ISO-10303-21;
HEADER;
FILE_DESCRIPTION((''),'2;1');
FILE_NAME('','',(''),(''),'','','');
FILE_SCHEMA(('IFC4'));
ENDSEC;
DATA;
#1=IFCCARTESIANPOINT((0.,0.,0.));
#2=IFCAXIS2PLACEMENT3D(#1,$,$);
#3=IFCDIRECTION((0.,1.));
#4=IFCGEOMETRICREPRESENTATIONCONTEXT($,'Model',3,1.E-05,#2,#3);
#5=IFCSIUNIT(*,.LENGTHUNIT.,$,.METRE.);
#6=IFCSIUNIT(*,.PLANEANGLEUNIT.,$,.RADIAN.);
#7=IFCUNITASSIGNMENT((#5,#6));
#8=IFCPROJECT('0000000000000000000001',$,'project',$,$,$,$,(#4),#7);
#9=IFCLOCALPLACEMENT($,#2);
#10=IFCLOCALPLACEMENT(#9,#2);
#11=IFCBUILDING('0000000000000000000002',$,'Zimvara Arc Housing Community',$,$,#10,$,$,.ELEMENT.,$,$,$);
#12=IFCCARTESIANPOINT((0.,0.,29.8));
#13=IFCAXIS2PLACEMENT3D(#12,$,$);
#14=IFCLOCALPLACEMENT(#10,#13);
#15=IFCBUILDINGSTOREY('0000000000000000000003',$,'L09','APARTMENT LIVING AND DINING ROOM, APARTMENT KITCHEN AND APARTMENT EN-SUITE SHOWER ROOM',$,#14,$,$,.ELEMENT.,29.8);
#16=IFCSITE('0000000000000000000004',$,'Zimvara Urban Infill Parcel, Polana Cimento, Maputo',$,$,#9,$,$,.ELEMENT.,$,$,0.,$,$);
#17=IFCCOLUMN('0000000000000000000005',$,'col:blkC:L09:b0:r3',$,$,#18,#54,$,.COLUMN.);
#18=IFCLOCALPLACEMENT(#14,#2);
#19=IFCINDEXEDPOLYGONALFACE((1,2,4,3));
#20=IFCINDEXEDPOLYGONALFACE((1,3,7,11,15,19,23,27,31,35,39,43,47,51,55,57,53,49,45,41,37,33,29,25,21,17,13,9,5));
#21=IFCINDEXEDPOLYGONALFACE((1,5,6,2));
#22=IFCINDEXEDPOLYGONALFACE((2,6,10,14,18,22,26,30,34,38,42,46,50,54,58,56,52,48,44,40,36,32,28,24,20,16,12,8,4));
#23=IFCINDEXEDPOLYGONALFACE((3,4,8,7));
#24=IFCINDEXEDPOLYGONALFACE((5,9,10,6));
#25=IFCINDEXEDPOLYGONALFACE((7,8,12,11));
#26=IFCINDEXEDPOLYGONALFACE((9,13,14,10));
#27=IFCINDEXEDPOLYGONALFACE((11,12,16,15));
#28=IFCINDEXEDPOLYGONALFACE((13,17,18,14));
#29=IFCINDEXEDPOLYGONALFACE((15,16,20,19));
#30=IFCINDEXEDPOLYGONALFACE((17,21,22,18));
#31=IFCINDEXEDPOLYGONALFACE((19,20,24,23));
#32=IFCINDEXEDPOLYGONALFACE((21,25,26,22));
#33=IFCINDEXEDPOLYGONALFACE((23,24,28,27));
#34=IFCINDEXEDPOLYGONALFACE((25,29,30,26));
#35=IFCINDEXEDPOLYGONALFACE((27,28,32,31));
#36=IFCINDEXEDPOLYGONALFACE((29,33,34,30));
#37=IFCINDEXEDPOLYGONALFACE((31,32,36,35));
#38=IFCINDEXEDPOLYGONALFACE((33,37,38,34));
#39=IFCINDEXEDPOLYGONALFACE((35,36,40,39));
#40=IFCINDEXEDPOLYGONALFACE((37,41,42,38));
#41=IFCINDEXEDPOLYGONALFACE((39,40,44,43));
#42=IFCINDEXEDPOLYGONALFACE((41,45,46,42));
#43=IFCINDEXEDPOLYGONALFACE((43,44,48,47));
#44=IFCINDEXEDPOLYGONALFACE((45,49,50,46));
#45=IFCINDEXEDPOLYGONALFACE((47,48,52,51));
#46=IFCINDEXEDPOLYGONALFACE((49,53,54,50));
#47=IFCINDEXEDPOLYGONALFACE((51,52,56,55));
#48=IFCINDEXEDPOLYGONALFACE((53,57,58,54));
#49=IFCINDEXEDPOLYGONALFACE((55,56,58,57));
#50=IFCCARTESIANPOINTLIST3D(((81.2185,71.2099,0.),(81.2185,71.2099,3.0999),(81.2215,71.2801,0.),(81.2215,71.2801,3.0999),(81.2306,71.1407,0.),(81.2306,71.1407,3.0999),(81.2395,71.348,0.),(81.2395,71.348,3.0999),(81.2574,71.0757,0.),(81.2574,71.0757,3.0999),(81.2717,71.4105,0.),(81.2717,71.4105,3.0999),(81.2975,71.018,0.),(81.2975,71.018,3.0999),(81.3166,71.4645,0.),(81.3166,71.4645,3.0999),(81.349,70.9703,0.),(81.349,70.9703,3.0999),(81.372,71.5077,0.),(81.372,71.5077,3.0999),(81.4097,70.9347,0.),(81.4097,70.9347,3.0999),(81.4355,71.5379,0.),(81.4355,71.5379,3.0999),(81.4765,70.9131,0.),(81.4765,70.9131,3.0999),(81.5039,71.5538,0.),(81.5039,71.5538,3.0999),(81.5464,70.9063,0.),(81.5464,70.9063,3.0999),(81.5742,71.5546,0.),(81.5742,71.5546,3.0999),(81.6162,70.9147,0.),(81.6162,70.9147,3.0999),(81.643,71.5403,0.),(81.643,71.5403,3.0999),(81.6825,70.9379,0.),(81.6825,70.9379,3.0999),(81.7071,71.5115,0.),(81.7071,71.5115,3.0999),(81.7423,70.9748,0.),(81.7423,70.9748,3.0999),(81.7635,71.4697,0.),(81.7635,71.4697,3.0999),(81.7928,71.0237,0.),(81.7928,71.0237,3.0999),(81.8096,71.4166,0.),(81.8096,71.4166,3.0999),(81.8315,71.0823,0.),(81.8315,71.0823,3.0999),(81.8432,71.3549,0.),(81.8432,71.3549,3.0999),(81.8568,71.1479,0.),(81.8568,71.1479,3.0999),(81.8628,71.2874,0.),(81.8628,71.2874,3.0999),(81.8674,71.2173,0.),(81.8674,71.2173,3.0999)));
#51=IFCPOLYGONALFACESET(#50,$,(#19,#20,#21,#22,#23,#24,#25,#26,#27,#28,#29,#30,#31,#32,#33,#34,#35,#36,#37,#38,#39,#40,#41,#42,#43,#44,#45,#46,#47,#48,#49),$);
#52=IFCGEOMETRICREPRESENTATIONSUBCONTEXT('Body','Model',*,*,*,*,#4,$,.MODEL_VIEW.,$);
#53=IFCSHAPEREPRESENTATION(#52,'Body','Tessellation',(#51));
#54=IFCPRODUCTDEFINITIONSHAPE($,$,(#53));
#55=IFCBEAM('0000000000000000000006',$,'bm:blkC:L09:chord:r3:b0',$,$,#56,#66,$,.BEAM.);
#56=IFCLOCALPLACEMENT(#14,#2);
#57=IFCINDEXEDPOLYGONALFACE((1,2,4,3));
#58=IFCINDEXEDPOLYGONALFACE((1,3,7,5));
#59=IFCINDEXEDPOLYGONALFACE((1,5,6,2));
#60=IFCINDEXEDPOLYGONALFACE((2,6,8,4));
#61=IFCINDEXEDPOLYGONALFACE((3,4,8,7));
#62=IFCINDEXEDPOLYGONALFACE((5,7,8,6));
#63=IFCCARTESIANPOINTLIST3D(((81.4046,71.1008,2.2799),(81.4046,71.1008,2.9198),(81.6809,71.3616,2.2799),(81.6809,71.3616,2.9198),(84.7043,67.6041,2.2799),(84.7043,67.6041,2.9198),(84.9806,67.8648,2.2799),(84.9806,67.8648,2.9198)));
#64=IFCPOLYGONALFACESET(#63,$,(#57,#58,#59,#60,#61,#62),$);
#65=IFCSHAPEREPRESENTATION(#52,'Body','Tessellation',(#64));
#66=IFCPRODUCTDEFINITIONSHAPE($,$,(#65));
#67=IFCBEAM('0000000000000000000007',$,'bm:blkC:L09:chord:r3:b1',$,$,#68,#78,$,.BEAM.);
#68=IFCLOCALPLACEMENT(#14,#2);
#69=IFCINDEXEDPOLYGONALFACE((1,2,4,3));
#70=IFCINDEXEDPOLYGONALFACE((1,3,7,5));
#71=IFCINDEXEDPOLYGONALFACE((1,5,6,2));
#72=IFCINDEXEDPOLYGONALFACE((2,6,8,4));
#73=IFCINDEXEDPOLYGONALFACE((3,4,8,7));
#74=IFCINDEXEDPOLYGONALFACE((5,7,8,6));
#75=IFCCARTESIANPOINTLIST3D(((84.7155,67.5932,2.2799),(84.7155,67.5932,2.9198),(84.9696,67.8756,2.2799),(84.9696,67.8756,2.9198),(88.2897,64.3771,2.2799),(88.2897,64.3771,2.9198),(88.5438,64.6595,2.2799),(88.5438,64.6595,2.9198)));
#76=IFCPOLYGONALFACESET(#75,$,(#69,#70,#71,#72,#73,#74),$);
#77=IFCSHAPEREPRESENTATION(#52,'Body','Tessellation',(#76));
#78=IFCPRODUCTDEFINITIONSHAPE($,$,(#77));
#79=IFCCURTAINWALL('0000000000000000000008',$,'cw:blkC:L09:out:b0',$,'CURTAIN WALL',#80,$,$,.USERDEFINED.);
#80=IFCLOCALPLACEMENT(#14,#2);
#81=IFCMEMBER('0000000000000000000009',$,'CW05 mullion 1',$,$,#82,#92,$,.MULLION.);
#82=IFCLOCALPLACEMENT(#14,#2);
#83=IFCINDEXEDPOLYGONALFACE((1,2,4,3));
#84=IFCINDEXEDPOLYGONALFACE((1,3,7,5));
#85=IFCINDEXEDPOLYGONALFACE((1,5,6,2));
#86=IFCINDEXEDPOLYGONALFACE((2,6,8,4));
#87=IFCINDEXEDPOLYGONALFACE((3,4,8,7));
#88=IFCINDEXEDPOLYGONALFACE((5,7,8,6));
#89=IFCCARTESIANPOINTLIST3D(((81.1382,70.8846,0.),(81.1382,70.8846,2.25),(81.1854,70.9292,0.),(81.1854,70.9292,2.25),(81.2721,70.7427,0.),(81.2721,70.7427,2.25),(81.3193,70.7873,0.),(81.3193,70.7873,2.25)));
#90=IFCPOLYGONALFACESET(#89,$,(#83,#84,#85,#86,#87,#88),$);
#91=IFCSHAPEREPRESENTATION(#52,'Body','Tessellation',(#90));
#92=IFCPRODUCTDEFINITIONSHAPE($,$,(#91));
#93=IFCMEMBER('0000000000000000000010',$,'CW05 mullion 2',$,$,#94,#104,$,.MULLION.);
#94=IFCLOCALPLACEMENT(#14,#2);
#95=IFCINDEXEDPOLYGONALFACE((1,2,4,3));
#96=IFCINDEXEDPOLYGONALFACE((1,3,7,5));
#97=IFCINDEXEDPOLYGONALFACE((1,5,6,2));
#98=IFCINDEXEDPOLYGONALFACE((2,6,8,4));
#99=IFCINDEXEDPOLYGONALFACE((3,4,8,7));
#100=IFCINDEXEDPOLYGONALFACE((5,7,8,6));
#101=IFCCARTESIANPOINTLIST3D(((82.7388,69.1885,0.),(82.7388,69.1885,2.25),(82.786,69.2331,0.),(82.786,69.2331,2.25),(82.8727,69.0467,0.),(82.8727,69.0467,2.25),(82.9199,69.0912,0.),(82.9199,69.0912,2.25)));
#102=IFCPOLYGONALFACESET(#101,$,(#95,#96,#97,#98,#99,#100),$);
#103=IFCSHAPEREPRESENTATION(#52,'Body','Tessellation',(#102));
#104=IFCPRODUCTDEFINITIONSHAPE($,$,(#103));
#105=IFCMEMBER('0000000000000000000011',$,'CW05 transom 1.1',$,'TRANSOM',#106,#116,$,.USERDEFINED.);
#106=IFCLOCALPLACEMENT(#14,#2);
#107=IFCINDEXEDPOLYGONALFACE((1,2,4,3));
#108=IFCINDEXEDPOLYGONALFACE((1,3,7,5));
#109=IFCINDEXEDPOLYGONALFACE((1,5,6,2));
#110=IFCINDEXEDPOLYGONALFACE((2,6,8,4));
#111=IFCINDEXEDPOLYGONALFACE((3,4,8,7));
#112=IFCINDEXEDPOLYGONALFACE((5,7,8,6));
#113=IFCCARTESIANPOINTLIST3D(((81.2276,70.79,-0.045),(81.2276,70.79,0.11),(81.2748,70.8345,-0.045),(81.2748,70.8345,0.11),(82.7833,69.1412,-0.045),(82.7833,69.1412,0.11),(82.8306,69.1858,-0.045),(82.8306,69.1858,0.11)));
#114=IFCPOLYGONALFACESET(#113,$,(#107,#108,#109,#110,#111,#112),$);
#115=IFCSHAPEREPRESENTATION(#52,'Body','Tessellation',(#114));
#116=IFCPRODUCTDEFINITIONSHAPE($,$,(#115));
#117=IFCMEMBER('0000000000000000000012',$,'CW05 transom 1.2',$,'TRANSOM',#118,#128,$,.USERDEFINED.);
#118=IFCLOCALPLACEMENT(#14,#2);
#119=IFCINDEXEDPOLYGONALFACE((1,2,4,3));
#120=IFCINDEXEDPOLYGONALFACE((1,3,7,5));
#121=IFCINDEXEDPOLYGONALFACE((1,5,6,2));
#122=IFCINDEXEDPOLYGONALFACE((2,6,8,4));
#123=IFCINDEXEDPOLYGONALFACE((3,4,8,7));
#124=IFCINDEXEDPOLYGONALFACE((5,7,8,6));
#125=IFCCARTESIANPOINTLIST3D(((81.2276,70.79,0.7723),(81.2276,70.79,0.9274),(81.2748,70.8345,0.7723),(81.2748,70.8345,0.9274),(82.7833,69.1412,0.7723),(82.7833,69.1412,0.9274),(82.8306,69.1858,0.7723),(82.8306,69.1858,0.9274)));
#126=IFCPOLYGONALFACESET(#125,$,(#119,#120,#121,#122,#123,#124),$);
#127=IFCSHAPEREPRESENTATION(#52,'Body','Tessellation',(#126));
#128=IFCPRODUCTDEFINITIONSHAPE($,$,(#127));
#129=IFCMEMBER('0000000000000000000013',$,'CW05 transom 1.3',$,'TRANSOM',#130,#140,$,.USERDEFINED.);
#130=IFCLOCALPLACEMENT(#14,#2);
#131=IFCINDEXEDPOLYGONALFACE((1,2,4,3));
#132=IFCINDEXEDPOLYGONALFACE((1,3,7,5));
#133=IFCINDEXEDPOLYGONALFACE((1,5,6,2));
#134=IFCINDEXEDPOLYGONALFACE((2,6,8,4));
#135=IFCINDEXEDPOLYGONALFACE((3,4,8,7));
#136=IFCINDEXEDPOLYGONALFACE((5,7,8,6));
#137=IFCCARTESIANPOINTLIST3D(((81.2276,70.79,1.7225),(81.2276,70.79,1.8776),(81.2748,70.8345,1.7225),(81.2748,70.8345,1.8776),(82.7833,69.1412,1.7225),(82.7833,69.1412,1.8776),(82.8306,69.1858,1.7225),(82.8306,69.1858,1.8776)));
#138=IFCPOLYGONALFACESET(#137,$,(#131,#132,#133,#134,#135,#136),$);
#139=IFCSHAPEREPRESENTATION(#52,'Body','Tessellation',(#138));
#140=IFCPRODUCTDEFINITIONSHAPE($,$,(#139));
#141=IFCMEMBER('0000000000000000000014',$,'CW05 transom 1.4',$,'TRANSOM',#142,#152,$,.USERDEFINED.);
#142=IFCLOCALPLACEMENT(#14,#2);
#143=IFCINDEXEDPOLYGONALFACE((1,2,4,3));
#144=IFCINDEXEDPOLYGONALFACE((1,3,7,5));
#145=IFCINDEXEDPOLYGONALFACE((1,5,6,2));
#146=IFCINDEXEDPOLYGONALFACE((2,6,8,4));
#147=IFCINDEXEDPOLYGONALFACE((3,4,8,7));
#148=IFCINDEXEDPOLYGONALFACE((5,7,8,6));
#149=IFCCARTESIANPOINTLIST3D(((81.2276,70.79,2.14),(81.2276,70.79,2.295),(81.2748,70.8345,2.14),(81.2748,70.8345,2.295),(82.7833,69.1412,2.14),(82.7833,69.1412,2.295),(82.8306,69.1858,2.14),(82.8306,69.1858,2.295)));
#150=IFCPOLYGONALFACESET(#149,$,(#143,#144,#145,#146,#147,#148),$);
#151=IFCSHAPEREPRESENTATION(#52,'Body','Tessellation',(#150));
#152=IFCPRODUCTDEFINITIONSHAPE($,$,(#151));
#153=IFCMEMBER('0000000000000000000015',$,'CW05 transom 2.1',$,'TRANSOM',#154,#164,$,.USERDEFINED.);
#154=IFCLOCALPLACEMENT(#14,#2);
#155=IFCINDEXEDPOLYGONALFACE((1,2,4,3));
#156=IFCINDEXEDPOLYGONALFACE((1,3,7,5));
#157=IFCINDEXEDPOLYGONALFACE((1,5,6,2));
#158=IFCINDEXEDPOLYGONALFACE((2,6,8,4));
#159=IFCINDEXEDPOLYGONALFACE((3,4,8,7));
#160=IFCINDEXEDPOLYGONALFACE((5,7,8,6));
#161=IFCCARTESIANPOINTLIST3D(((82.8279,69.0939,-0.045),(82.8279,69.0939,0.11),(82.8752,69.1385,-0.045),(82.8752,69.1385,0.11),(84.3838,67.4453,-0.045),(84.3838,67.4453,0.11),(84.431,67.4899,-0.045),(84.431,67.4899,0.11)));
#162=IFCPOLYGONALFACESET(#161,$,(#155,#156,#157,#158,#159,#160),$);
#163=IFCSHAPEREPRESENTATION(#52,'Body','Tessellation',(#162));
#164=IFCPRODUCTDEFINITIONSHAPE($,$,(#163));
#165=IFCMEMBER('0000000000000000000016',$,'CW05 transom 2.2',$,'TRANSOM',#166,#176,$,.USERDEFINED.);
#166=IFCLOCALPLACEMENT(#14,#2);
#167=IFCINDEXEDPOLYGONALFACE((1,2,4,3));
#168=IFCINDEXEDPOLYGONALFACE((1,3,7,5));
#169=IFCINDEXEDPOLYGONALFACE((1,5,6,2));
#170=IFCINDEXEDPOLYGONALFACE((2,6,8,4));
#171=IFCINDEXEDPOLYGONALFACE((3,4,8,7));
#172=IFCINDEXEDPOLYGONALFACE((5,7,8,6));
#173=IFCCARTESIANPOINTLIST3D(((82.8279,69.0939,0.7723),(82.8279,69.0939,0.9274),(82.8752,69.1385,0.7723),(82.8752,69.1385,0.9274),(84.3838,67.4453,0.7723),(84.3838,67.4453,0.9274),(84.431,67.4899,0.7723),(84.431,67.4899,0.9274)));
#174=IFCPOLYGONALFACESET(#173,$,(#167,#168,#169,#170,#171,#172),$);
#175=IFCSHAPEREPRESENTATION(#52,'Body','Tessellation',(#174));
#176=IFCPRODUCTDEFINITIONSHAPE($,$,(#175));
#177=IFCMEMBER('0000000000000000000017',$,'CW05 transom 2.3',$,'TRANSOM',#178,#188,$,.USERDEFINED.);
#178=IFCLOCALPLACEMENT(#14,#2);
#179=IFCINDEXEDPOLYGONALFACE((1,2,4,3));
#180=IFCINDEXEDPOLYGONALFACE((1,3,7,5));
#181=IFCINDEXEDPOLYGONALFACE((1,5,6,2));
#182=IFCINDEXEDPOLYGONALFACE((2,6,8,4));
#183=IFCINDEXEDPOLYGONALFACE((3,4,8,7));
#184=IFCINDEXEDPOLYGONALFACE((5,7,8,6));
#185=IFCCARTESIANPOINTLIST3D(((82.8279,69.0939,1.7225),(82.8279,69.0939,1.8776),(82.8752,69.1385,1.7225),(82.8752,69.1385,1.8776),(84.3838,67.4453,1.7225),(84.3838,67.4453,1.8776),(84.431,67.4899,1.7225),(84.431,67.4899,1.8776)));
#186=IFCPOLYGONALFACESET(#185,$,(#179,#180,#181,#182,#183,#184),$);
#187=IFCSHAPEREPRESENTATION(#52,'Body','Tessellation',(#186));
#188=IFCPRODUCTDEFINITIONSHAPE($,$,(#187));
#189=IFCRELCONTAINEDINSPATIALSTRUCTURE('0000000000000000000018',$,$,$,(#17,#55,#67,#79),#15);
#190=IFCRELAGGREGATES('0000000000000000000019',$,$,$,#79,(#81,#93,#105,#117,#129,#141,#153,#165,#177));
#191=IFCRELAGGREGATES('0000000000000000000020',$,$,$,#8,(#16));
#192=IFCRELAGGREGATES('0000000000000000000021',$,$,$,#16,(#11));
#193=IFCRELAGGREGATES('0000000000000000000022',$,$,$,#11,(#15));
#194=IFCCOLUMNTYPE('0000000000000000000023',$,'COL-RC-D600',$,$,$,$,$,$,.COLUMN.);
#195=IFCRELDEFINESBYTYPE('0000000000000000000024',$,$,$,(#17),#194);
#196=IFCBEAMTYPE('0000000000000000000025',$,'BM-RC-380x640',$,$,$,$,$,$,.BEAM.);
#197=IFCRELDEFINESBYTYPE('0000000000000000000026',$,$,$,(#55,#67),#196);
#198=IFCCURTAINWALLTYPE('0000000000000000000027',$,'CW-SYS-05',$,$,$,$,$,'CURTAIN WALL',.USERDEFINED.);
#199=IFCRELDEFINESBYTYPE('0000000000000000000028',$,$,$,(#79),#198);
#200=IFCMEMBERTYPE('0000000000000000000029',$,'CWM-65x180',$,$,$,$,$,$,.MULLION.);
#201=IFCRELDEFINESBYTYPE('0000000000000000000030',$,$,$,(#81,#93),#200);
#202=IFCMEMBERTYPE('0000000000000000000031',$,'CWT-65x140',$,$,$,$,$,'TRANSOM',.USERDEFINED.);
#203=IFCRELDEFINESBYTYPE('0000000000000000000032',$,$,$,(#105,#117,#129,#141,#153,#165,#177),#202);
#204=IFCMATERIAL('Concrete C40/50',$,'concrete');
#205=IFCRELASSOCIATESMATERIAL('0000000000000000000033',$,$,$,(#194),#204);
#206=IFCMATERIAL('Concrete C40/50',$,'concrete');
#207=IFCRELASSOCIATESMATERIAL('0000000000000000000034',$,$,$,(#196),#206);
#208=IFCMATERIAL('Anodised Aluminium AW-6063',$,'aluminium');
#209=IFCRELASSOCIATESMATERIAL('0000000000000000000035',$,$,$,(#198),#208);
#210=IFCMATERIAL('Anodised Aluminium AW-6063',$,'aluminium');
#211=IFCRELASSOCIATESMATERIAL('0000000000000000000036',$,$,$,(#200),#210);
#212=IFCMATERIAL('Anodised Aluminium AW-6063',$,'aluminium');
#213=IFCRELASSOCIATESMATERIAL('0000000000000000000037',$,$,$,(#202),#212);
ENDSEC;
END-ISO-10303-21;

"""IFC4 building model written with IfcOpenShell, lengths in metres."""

from ifc_helpers import new_model, si_unit, direction, frame, origin, origin_2d, place, context, subcontext, project, spatial, rectangle, circle, extrude, material, material_profile, profile_set, type_object, element, aggregate, save


model = new_model("IFC4")

# Units and contexts
model_context = context("Model", 3, precision=1e-05, world=origin(), true_north=direction((0.0, 1.0)))
body_context = subcontext(model_context, "Body", "Model", "MODEL_VIEW")
ifc_project = project(units=[si_unit("LENGTHUNIT", "METRE"), si_unit("PLANEANGLEUNIT", "RADIAN")], contexts=[model_context])

# Site, building, storey
site_placement = place(None, origin())
site = spatial("IfcSite", under=ifc_project, at=site_placement, Name="Zimvara Urban Infill Parcel, Polana Cimento, Maputo", CompositionType="ELEMENT", RefElevation=0.0)
building_placement = place(site_placement, origin())
building = spatial("IfcBuilding", under=site, at=building_placement, Name="Zimvara Arc Housing Community", CompositionType="ELEMENT")
storey_placement = place(building_placement, frame((0.0, 0.0, 29.8)))
storey = spatial("IfcBuildingStorey", under=building, at=storey_placement, Name="L09", Description="APARTMENT LIVING AND DINING ROOM, APARTMENT KITCHEN AND APARTMENT EN-SUITE SHOWER ROOM", CompositionType="ELEMENT", Elevation=29.8)

# Column
ifc_material_1 = material(Name="Concrete C40/50", Category="concrete")
ifc_material_profile_1 = material_profile(ifc_material_1, circle(Radius=0.325, at=origin_2d()), Name="RC D650")
ifc_profile_set_1 = profile_set([ifc_material_profile_1], Name="Concrete C40/50")
column_type = type_object("IfcColumnType", Name="COL-RC-D600", PredefinedType="COLUMN", material=ifc_profile_set_1)
column_placement = place(storey_placement, frame((81.5427, 71.2312, 0.0), z_axis=(0.0, 0.0, 1.0), x_axis=(-0.75471, -0.656059, 0.0)))
element("IfcColumn", 1, at=column_placement, inside=storey, type_object=column_type, Name="col:blkC:L09:b0:r3", PredefinedType="COLUMN", context=body_context, shape_type="SweptSolid", body=[
    extrude(circle(Radius=0.325, at=origin_2d()), origin(), (0.0, 0.0, 1.0), 3.0999),
])

# Beams
ifc_material_2 = material(Name="Concrete C40/50", Category="concrete")
ifc_material_profile_2 = material_profile(ifc_material_2, rectangle(XDim=0.3799, YDim=0.6399, at=origin_2d()), Name="RC 380x640")
ifc_profile_set_2 = profile_set([ifc_material_profile_2], Name="Concrete C40/50")
beam_type = type_object("IfcBeamType", Name="BM-RC-380x640", PredefinedType="BEAM", material=ifc_profile_set_2)
beam_1_placement = place(storey_placement, frame((81.5427, 71.2312, 2.5999), z_axis=(0.686321, -0.727299, 0.0), x_axis=(0.727299, 0.686321, 0.0)))
element("IfcBeam", 2, at=beam_1_placement, inside=storey, type_object=beam_type, Name="bm:blkC:L09:chord:r3:b0", PredefinedType="BEAM", context=body_context, shape_type="SweptSolid", body=[
    extrude(rectangle(XDim=0.3799, YDim=0.6399, at=origin_2d()), origin(), (0.0, 0.0, 1.0), 4.8079),
])
beam_2_placement = place(storey_placement, frame((84.8425, 67.7344, 2.5999), z_axis=(0.74337, -0.668881, 0.0), x_axis=(0.668881, 0.74337, 0.0)))
element("IfcBeam", 3, at=beam_2_placement, inside=storey, type_object=beam_type, Name="bm:blkC:L09:chord:r3:b1", PredefinedType="BEAM", context=body_context, shape_type="SweptSolid", body=[
    extrude(rectangle(XDim=0.3799, YDim=0.6399, at=origin_2d()), origin(), (0.0, 0.0, 1.0), 4.8081),
])

# Curtain wall, members
ifc_material_3 = material(Name="Anodised Aluminium AW-6063", Category="aluminium")
curtain_wall_type = type_object("IfcCurtainWallType", Name="CW-SYS-05", ElementType="CURTAIN WALL", PredefinedType="USERDEFINED", material=ifc_material_3)
curtain_wall_placement = place(storey_placement, origin())
curtain_wall = element("IfcCurtainWall", 4, at=curtain_wall_placement, inside=storey, type_object=curtain_wall_type, Name="cw:blkC:L09:out:b0", ObjectType="CURTAIN WALL", PredefinedType="USERDEFINED")
ifc_material_4 = material(Name="Anodised Aluminium AW-6063", Category="aluminium")
ifc_material_profile_3 = material_profile(ifc_material_4, rectangle(XDim=0.0649, YDim=0.1951, at=origin_2d()), Name="ALU 65x195")
ifc_profile_set_3 = profile_set([ifc_material_profile_3], Name="Anodised Aluminium AW-6063")
member_type_1 = type_object("IfcMemberType", Name="CWM-65x180", PredefinedType="MULLION", material=ifc_profile_set_3)
member_1_placement = place(storey_placement, frame((81.2288, 70.8359, 0.0), z_axis=(0.0, 0.0, 1.0), x_axis=(0.727294, 0.686326, 0.0)))
member_1 = element("IfcMember", 5, at=member_1_placement, type_object=member_type_1, Name="CW05 mullion 1", PredefinedType="MULLION", context=body_context, shape_type="SweptSolid", body=[
    extrude(rectangle(XDim=0.0649, YDim=0.1951, at=origin_2d()), origin(), (0.0, 0.0, 1.0), 2.25),
])
member_2_placement = place(storey_placement, frame((82.8293, 69.1399, 0.0), z_axis=(0.0, 0.0, 1.0), x_axis=(0.727294, 0.686326, 0.0)))
member_2 = element("IfcMember", 6, at=member_2_placement, type_object=member_type_1, Name="CW05 mullion 2", PredefinedType="MULLION", context=body_context, shape_type="SweptSolid", body=[
    extrude(rectangle(XDim=0.0649, YDim=0.1951, at=origin_2d()), origin(), (0.0, 0.0, 1.0), 2.25),
])
ifc_material_5 = material(Name="Anodised Aluminium AW-6063", Category="aluminium")
ifc_material_profile_4 = material_profile(ifc_material_5, rectangle(XDim=0.0649, YDim=0.155, at=origin_2d()), Name="ALU 65x155")
ifc_profile_set_4 = profile_set([ifc_material_profile_4], Name="Anodised Aluminium AW-6063")
member_type_2 = type_object("IfcMemberType", Name="CWT-65x140", ElementType="TRANSOM", PredefinedType="USERDEFINED", material=ifc_profile_set_4)
member_3_placement = place(storey_placement, frame((81.2512, 70.8123, 0.0325), z_axis=(0.686291, -0.727327, 0.0), x_axis=(0.727327, 0.686291, 0.0)))
member_3 = element("IfcMember", 7, at=member_3_placement, type_object=member_type_2, Name="CW05 transom 1.1", ObjectType="TRANSOM", PredefinedType="USERDEFINED", context=body_context, shape_type="SweptSolid", body=[
    extrude(rectangle(XDim=0.0649, YDim=0.155, at=origin_2d()), origin(), (0.0, 0.0, 1.0), 2.2668),
])
member_4_placement = place(storey_placement, frame((81.2512, 70.8123, 0.8499), z_axis=(0.686291, -0.727327, 0.0), x_axis=(0.727327, 0.686291, 0.0)))
member_4 = element("IfcMember", 8, at=member_4_placement, type_object=member_type_2, Name="CW05 transom 1.2", ObjectType="TRANSOM", PredefinedType="USERDEFINED", context=body_context, shape_type="SweptSolid", body=[
    extrude(rectangle(XDim=0.0649, YDim=0.155, at=origin_2d()), origin(), (0.0, 0.0, 1.0), 2.2668),
])
member_5_placement = place(storey_placement, frame((81.2512, 70.8123, 1.8), z_axis=(0.686291, -0.727327, 0.0), x_axis=(0.727327, 0.686291, 0.0)))
member_5 = element("IfcMember", 9, at=member_5_placement, type_object=member_type_2, Name="CW05 transom 1.3", ObjectType="TRANSOM", PredefinedType="USERDEFINED", context=body_context, shape_type="SweptSolid", body=[
    extrude(rectangle(XDim=0.0649, YDim=0.155, at=origin_2d()), origin(), (0.0, 0.0, 1.0), 2.2668),
])
member_6_placement = place(storey_placement, frame((81.2512, 70.8123, 2.2175), z_axis=(0.686291, -0.727327, 0.0), x_axis=(0.727327, 0.686291, 0.0)))
member_6 = element("IfcMember", 10, at=member_6_placement, type_object=member_type_2, Name="CW05 transom 1.4", ObjectType="TRANSOM", PredefinedType="USERDEFINED", context=body_context, shape_type="SweptSolid", body=[
    extrude(rectangle(XDim=0.0649, YDim=0.155, at=origin_2d()), origin(), (0.0, 0.0, 1.0), 2.2668),
])
member_7_placement = place(storey_placement, frame((82.8516, 69.1162, 0.0325), z_axis=(0.686348, -0.727273, 0.0), x_axis=(0.727273, 0.686348, 0.0)))
member_7 = element("IfcMember", 11, at=member_7_placement, type_object=member_type_2, Name="CW05 transom 2.1", ObjectType="TRANSOM", PredefinedType="USERDEFINED", context=body_context, shape_type="SweptSolid", body=[
    extrude(rectangle(XDim=0.0649, YDim=0.155, at=origin_2d()), origin(), (0.0, 0.0, 1.0), 2.2668),
])
member_8_placement = place(storey_placement, frame((82.8516, 69.1162, 0.8499), z_axis=(0.686348, -0.727273, 0.0), x_axis=(0.727273, 0.686348, 0.0)))
member_8 = element("IfcMember", 12, at=member_8_placement, type_object=member_type_2, Name="CW05 transom 2.2", ObjectType="TRANSOM", PredefinedType="USERDEFINED", context=body_context, shape_type="SweptSolid", body=[
    extrude(rectangle(XDim=0.0649, YDim=0.155, at=origin_2d()), origin(), (0.0, 0.0, 1.0), 2.2668),
])
member_9_placement = place(storey_placement, frame((82.8516, 69.1162, 1.8), z_axis=(0.686348, -0.727273, 0.0), x_axis=(0.727273, 0.686348, 0.0)))
member_9 = element("IfcMember", 13, at=member_9_placement, type_object=member_type_2, Name="CW05 transom 2.3", ObjectType="TRANSOM", PredefinedType="USERDEFINED", context=body_context, shape_type="SweptSolid", body=[
    extrude(rectangle(XDim=0.0649, YDim=0.155, at=origin_2d()), origin(), (0.0, 0.0, 1.0), 2.2668),
])
aggregate(curtain_wall, [member_1, member_2, member_3, member_4, member_5, member_6, member_7, member_8, member_9])

save(model, "model.ifc")
